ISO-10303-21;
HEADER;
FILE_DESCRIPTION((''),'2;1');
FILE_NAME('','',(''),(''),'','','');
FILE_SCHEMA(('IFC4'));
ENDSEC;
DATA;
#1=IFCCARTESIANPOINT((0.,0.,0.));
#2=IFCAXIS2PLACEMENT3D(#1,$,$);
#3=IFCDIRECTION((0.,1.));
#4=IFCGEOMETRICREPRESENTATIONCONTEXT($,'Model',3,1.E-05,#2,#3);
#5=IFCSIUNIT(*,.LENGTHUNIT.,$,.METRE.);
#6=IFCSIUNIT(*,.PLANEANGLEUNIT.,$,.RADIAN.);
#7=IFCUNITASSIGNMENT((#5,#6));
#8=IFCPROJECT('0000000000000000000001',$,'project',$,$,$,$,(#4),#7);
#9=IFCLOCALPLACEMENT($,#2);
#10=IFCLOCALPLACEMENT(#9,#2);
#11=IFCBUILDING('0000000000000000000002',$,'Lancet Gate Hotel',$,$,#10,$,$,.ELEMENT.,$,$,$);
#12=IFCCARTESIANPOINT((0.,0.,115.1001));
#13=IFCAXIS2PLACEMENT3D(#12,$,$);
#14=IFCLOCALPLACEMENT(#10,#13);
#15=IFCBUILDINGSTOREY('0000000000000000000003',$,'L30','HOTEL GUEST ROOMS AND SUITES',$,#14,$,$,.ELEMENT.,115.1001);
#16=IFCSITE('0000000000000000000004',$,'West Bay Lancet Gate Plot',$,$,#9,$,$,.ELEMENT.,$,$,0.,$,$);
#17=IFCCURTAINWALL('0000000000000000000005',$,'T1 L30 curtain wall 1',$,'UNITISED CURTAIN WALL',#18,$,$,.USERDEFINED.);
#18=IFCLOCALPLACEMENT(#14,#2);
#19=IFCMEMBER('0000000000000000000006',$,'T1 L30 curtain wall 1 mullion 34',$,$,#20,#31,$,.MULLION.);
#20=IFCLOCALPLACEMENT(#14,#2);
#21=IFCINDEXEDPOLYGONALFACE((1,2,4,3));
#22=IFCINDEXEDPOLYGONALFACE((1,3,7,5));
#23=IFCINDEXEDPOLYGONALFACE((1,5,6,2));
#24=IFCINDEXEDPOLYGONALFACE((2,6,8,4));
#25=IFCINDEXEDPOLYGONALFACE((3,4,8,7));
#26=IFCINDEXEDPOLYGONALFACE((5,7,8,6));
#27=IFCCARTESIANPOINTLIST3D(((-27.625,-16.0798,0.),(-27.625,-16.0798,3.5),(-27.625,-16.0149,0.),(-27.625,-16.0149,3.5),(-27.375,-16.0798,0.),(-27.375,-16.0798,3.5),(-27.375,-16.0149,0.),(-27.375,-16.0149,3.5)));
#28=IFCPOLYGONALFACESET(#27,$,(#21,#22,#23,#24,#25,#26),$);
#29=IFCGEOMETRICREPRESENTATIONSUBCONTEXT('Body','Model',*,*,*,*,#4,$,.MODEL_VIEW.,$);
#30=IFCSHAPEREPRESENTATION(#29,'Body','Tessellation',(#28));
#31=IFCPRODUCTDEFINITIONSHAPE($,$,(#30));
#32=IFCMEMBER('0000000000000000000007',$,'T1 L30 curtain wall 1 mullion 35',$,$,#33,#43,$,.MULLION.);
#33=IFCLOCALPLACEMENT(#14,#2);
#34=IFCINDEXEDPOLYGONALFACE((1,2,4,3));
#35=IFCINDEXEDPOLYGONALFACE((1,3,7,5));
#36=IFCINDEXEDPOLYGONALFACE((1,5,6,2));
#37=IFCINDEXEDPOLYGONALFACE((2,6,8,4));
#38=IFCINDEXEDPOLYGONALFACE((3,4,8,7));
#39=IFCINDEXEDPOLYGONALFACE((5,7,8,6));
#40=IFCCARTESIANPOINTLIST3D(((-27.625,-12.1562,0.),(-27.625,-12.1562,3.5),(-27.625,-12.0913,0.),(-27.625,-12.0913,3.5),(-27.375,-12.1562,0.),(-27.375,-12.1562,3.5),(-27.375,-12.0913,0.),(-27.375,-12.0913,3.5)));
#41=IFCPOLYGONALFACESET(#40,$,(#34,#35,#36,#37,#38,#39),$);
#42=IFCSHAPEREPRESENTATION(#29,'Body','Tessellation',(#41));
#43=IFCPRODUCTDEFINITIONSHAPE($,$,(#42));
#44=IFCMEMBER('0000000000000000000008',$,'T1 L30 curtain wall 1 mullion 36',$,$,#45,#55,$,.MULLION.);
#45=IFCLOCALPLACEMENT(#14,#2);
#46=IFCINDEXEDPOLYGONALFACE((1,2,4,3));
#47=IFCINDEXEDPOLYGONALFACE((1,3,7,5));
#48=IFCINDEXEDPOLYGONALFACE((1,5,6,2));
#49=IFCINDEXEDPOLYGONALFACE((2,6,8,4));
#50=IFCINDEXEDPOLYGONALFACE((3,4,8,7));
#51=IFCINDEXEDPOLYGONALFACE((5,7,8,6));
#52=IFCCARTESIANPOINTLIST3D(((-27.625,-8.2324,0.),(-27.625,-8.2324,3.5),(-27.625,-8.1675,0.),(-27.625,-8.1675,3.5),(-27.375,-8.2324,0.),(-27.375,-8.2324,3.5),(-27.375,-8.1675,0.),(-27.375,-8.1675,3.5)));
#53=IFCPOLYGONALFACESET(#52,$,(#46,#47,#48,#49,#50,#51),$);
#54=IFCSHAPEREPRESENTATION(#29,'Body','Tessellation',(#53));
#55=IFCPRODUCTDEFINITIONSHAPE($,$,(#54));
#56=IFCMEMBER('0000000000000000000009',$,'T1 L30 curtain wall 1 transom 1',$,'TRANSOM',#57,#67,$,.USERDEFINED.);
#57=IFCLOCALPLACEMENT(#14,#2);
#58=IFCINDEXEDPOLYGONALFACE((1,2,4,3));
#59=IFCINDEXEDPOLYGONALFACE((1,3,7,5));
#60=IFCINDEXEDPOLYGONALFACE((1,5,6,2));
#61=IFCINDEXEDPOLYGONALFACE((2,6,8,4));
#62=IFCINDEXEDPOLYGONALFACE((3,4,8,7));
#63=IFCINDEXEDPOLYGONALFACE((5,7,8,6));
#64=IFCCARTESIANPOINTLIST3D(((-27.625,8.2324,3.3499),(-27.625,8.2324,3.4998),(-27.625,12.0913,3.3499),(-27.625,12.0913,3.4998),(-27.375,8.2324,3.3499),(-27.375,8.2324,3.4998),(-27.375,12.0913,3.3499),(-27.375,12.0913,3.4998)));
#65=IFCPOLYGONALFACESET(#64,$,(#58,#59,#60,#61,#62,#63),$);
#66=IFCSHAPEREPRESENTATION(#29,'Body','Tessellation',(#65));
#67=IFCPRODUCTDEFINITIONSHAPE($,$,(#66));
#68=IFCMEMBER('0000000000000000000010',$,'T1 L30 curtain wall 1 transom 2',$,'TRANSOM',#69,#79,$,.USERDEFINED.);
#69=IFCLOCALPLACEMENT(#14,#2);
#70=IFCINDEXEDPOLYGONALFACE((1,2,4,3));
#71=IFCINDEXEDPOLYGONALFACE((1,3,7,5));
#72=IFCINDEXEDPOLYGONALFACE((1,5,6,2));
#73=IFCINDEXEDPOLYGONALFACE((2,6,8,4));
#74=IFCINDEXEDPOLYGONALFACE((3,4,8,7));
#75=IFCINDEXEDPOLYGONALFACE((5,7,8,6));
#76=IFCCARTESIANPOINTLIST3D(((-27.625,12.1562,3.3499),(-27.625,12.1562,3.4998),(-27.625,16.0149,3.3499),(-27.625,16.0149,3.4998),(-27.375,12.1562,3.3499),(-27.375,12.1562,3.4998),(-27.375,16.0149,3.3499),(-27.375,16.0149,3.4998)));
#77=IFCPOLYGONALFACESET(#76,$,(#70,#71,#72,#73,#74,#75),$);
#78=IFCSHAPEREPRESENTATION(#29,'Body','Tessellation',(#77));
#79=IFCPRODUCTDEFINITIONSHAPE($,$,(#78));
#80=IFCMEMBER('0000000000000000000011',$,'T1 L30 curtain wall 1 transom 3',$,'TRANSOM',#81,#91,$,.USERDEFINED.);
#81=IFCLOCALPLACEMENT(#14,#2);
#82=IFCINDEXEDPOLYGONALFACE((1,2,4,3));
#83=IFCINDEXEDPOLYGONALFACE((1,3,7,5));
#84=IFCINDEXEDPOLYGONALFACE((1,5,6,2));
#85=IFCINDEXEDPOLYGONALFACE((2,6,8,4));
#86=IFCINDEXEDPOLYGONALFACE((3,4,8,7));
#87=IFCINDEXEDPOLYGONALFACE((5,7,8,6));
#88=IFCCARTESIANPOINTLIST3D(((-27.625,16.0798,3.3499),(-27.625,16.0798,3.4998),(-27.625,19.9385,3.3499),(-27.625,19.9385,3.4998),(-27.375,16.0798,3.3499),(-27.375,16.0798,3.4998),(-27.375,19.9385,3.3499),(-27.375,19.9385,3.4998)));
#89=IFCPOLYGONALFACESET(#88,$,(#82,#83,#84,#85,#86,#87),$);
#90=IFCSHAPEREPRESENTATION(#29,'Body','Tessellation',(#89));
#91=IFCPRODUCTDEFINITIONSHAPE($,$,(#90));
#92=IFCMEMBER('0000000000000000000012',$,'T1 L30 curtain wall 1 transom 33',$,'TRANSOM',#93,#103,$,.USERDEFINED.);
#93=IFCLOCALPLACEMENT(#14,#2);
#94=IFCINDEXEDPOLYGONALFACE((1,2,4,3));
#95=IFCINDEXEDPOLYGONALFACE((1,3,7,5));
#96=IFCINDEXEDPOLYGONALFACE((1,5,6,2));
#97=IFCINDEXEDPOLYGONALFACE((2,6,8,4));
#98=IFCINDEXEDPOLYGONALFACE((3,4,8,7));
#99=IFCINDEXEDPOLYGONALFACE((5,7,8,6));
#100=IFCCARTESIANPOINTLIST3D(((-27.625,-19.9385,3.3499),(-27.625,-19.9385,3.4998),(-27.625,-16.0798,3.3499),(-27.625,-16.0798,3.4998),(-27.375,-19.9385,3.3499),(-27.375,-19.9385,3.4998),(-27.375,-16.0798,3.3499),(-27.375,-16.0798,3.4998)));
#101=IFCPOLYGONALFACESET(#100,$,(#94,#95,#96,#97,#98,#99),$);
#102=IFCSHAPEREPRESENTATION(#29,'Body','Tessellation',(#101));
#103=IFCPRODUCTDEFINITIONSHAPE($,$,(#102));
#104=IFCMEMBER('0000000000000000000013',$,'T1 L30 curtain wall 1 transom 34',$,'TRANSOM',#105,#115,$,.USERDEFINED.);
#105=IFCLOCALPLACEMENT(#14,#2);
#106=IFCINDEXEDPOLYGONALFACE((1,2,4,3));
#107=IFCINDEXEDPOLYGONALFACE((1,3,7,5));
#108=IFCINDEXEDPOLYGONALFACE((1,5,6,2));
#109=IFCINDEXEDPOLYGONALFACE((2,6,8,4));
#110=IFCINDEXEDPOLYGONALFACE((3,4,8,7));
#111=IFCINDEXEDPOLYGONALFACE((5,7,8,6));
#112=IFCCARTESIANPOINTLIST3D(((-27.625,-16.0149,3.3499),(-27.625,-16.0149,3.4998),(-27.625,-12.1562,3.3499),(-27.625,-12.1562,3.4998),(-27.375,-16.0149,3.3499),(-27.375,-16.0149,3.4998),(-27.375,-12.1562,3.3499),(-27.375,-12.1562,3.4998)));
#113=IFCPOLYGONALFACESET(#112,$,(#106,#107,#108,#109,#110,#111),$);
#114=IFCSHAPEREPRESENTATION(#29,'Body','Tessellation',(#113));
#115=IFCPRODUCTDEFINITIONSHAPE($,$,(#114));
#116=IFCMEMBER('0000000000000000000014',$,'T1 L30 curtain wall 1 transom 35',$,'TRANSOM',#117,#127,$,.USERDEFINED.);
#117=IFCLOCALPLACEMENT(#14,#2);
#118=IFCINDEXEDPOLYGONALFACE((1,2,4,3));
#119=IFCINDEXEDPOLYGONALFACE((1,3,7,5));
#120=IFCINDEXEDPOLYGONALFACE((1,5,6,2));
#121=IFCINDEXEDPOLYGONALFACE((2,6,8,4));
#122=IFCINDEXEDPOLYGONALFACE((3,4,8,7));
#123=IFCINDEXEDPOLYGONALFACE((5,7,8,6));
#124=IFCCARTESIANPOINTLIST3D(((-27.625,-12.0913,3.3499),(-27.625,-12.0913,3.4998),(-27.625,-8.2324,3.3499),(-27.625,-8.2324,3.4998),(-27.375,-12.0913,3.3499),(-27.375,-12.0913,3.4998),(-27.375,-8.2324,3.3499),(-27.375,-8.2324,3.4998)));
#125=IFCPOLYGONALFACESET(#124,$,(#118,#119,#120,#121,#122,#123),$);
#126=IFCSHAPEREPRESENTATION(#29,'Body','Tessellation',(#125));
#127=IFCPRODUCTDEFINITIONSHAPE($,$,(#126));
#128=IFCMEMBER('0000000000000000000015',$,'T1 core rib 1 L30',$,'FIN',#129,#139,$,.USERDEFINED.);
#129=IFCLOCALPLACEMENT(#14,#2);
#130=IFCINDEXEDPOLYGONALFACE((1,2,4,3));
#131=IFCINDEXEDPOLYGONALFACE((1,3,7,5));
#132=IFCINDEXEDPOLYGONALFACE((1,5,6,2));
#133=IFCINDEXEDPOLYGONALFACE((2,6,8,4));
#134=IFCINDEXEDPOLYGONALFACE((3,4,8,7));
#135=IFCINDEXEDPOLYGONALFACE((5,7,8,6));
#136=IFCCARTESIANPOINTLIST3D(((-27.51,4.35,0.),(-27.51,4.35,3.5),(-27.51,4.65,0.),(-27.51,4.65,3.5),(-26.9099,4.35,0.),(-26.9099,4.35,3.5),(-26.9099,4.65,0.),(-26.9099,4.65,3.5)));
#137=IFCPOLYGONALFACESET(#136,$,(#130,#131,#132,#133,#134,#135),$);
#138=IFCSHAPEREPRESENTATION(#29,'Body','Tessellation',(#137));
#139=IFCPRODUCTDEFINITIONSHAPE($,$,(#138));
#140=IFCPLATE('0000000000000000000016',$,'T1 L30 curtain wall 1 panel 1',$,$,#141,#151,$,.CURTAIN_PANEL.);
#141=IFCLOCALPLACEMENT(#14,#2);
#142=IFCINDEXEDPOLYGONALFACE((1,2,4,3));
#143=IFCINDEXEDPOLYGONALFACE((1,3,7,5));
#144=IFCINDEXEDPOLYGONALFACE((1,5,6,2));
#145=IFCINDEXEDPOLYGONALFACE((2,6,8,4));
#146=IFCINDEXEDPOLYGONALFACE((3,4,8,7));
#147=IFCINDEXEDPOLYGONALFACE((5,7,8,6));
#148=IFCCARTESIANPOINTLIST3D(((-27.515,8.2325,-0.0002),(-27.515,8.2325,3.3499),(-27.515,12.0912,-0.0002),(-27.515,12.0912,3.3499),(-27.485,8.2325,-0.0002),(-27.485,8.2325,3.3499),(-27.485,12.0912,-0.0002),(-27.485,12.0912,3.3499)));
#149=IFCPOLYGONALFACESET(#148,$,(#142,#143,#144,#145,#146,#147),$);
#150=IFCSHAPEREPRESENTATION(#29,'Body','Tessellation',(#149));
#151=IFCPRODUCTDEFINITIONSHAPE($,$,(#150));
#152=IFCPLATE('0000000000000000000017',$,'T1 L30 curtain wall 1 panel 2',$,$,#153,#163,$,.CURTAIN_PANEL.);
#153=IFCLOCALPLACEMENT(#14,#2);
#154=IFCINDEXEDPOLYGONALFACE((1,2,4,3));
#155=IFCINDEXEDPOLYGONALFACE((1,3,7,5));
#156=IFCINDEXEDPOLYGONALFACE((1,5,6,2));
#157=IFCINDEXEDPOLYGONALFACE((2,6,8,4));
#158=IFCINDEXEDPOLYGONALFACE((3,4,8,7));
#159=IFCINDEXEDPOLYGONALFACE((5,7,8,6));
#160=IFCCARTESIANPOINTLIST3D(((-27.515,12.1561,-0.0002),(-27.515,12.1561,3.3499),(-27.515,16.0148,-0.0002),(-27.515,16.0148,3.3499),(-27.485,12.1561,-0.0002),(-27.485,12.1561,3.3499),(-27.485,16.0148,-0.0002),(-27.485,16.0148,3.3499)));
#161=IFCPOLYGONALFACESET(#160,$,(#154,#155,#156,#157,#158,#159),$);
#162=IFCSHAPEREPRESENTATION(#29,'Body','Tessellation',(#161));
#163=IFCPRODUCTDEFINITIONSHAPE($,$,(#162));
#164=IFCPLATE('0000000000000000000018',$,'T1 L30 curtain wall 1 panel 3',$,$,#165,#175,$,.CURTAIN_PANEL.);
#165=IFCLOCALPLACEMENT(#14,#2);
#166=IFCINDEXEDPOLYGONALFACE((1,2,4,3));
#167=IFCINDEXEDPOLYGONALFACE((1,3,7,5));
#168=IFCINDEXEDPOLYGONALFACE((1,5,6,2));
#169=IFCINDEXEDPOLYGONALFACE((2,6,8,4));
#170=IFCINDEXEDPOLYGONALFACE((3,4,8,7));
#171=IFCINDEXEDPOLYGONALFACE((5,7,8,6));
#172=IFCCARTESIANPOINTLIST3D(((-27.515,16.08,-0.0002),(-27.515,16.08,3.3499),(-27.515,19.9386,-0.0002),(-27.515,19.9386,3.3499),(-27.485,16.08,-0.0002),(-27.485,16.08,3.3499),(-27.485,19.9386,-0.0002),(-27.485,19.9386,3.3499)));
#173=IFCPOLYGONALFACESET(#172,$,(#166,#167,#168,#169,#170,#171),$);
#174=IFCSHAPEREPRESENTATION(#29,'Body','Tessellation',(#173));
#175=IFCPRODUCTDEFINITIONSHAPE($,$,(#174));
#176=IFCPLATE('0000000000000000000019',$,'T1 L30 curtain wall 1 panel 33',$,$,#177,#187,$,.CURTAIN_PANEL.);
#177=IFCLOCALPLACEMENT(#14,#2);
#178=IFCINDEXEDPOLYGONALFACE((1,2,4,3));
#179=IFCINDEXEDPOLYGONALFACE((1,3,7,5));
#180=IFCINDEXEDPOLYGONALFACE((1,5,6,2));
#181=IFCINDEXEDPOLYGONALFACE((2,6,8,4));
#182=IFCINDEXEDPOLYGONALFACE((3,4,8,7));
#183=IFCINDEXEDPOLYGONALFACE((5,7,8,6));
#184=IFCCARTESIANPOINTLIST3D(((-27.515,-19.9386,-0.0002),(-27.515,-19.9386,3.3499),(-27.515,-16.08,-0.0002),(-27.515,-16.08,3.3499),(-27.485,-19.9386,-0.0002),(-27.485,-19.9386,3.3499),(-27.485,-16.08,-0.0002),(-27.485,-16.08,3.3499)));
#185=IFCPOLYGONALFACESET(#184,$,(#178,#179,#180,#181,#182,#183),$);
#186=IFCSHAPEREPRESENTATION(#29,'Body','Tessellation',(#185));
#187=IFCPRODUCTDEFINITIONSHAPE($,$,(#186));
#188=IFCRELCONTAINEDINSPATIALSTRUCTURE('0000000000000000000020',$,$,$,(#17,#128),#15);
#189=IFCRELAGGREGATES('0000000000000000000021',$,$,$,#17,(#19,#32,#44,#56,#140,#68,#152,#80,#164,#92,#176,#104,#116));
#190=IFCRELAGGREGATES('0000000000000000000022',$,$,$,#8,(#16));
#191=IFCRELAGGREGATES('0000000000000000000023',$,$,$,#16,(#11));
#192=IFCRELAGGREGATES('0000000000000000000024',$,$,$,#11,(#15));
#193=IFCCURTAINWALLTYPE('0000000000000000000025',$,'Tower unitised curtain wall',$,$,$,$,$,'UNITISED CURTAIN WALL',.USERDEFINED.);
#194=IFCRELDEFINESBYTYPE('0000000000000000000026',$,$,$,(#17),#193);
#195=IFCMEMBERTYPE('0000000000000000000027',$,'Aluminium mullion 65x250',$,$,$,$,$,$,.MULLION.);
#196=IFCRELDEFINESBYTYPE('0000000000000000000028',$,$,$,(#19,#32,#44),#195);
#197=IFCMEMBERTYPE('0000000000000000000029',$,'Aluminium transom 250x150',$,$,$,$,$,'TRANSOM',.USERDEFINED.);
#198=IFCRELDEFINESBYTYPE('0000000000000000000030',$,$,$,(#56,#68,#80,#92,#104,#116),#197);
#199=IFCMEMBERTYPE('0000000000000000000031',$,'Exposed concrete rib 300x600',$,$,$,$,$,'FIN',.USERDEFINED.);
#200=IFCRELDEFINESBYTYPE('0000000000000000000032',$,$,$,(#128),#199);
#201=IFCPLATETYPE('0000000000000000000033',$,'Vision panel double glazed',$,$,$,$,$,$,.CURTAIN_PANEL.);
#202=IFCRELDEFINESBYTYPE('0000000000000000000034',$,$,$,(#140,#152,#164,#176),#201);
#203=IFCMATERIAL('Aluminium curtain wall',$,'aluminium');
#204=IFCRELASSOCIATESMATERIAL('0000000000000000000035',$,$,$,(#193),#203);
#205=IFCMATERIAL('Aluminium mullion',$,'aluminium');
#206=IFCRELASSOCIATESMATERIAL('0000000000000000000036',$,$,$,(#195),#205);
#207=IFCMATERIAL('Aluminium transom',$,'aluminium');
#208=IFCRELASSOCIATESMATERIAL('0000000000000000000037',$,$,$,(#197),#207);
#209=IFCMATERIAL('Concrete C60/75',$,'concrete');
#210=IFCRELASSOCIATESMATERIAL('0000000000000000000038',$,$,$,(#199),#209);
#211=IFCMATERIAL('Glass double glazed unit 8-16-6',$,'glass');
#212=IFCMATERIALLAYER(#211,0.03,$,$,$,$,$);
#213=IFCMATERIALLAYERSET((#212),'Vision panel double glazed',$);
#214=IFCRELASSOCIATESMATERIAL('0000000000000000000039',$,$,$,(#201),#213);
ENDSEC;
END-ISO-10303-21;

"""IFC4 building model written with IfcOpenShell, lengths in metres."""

from ifc_helpers import new_model, si_unit, direction, frame, origin, origin_2d, place, context, subcontext, project, spatial, rectangle, extrude, material, layer, layer_set, material_profile, profile_set, type_object, element, aggregate, save


model = new_model("IFC4")

# Units and contexts
model_context = context("Model", 3, precision=1e-05, world=origin(), true_north=direction((0.0, 1.0)))
body_context = subcontext(model_context, "Body", "Model", "MODEL_VIEW")
ifc_project = project(units=[si_unit("LENGTHUNIT", "METRE"), si_unit("PLANEANGLEUNIT", "RADIAN")], contexts=[model_context])

# Site, building, storey
site_placement = place(None, origin())
site = spatial("IfcSite", under=ifc_project, at=site_placement, Name="West Bay Lancet Gate Plot", CompositionType="ELEMENT", RefElevation=0.0)
building_placement = place(site_placement, origin())
building = spatial("IfcBuilding", under=site, at=building_placement, Name="Lancet Gate Hotel", CompositionType="ELEMENT")
storey_placement = place(building_placement, frame((0.0, 0.0, 115.1001)))
storey = spatial("IfcBuildingStorey", under=building, at=storey_placement, Name="L30", Description="HOTEL GUEST ROOMS AND SUITES", CompositionType="ELEMENT", Elevation=115.1001)

# Curtain wall, members
ifc_material_1 = material(Name="Aluminium curtain wall", Category="aluminium")
curtain_wall_type = type_object("IfcCurtainWallType", Name="Tower unitised curtain wall", ElementType="UNITISED CURTAIN WALL", PredefinedType="USERDEFINED", material=ifc_material_1)
curtain_wall_placement = place(storey_placement, origin())
curtain_wall = element("IfcCurtainWall", 1, at=curtain_wall_placement, inside=storey, type_object=curtain_wall_type, Name="T1 L30 curtain wall 1", ObjectType="UNITISED CURTAIN WALL", PredefinedType="USERDEFINED")
ifc_material_2 = material(Name="Aluminium mullion", Category="aluminium")
ifc_material_profile_1 = material_profile(ifc_material_2, rectangle(XDim=0.0649, YDim=0.25, at=origin_2d()), Name="MULLION 65x250")
ifc_profile_set_1 = profile_set([ifc_material_profile_1], Name="Aluminium mullion")
member_type_1 = type_object("IfcMemberType", Name="Aluminium mullion 65x250", PredefinedType="MULLION", material=ifc_profile_set_1)
member_1_placement = place(storey_placement, frame((-27.5, -16.0474, 0.0), z_axis=(0.0, 0.0, 1.0), x_axis=(0.0, 1.0, 0.0)))
member_1 = element("IfcMember", 2, at=member_1_placement, type_object=member_type_1, Name="T1 L30 curtain wall 1 mullion 34", PredefinedType="MULLION", context=body_context, shape_type="SweptSolid", body=[
    extrude(rectangle(XDim=0.0649, YDim=0.25, at=origin_2d()), origin(), (0.0, 0.0, 1.0), 3.5),
])
member_2_placement = place(storey_placement, frame((-27.5, -12.1238, 0.0), z_axis=(0.0, 0.0, 1.0), x_axis=(0.0, 1.0, 0.0)))
member_2 = element("IfcMember", 3, at=member_2_placement, type_object=member_type_1, Name="T1 L30 curtain wall 1 mullion 35", PredefinedType="MULLION", context=body_context, shape_type="SweptSolid", body=[
    extrude(rectangle(XDim=0.0649, YDim=0.25, at=origin_2d()), origin(), (0.0, 0.0, 1.0), 3.5),
])
member_3_placement = place(storey_placement, frame((-27.5, -8.2, 0.0), z_axis=(0.0, 0.0, 1.0), x_axis=(0.0, 1.0, 0.0)))
member_3 = element("IfcMember", 4, at=member_3_placement, type_object=member_type_1, Name="T1 L30 curtain wall 1 mullion 36", PredefinedType="MULLION", context=body_context, shape_type="SweptSolid", body=[
    extrude(rectangle(XDim=0.0649, YDim=0.25, at=origin_2d()), origin(), (0.0, 0.0, 1.0), 3.5),
])
ifc_material_3 = material(Name="Aluminium transom", Category="aluminium")
ifc_material_profile_2 = material_profile(ifc_material_3, rectangle(XDim=0.25, YDim=0.1499, at=origin_2d()), Name="TRANSOM 250x150")
ifc_profile_set_2 = profile_set([ifc_material_profile_2], Name="Aluminium transom")
member_type_2 = type_object("IfcMemberType", Name="Aluminium transom 250x150", ElementType="TRANSOM", PredefinedType="USERDEFINED", material=ifc_profile_set_2)
member_4_placement = place(storey_placement, frame((-27.5, 8.2324, 3.4248), z_axis=(0.0, 1.0, 0.0), x_axis=(-1.0, 0.0, 0.0)))
member_4 = element("IfcMember", 5, at=member_4_placement, type_object=member_type_2, Name="T1 L30 curtain wall 1 transom 1", ObjectType="TRANSOM", PredefinedType="USERDEFINED", context=body_context, shape_type="SweptSolid", body=[
    extrude(rectangle(XDim=0.25, YDim=0.1499, at=origin_2d()), origin(), (0.0, 0.0, 1.0), 3.8589),
])
member_5_placement = place(storey_placement, frame((-27.5, 12.1562, 3.4248), z_axis=(0.0, 1.0, 0.0), x_axis=(-1.0, 0.0, 0.0)))
member_5 = element("IfcMember", 6, at=member_5_placement, type_object=member_type_2, Name="T1 L30 curtain wall 1 transom 2", ObjectType="TRANSOM", PredefinedType="USERDEFINED", context=body_context, shape_type="SweptSolid", body=[
    extrude(rectangle(XDim=0.25, YDim=0.1499, at=origin_2d()), origin(), (0.0, 0.0, 1.0), 3.8586),
])
member_6_placement = place(storey_placement, frame((-27.5, 16.0798, 3.4248), z_axis=(0.0, 1.0, 0.0), x_axis=(-1.0, 0.0, 0.0)))
member_6 = element("IfcMember", 7, at=member_6_placement, type_object=member_type_2, Name="T1 L30 curtain wall 1 transom 3", ObjectType="TRANSOM", PredefinedType="USERDEFINED", context=body_context, shape_type="SweptSolid", body=[
    extrude(rectangle(XDim=0.25, YDim=0.1499, at=origin_2d()), origin(), (0.0, 0.0, 1.0), 3.8586),
])
member_7_placement = place(storey_placement, frame((-27.5, -19.9385, 3.4248), z_axis=(0.0, 1.0, 0.0), x_axis=(-1.0, 0.0, 0.0)))
member_7 = element("IfcMember", 8, at=member_7_placement, type_object=member_type_2, Name="T1 L30 curtain wall 1 transom 33", ObjectType="TRANSOM", PredefinedType="USERDEFINED", context=body_context, shape_type="SweptSolid", body=[
    extrude(rectangle(XDim=0.25, YDim=0.1499, at=origin_2d()), origin(), (0.0, 0.0, 1.0), 3.8586),
])
member_8_placement = place(storey_placement, frame((-27.5, -16.0149, 3.4248), z_axis=(0.0, 1.0, 0.0), x_axis=(-1.0, 0.0, 0.0)))
member_8 = element("IfcMember", 9, at=member_8_placement, type_object=member_type_2, Name="T1 L30 curtain wall 1 transom 34", ObjectType="TRANSOM", PredefinedType="USERDEFINED", context=body_context, shape_type="SweptSolid", body=[
    extrude(rectangle(XDim=0.25, YDim=0.1499, at=origin_2d()), origin(), (0.0, 0.0, 1.0), 3.8586),
])
member_9_placement = place(storey_placement, frame((-27.5, -12.0913, 3.4248), z_axis=(0.0, 1.0, 0.0), x_axis=(-1.0, 0.0, 0.0)))
member_9 = element("IfcMember", 10, at=member_9_placement, type_object=member_type_2, Name="T1 L30 curtain wall 1 transom 35", ObjectType="TRANSOM", PredefinedType="USERDEFINED", context=body_context, shape_type="SweptSolid", body=[
    extrude(rectangle(XDim=0.25, YDim=0.1499, at=origin_2d()), origin(), (0.0, 0.0, 1.0), 3.8589),
])

# Member
ifc_material_4 = material(Name="Concrete C60/75", Category="concrete")
ifc_material_profile_3 = material_profile(ifc_material_4, rectangle(XDim=0.3, YDim=0.6001, at=origin_2d()), Name="FIN 300x600")
ifc_profile_set_3 = profile_set([ifc_material_profile_3], Name="Concrete C60/75")
member_type_3 = type_object("IfcMemberType", Name="Exposed concrete rib 300x600", ElementType="FIN", PredefinedType="USERDEFINED", material=ifc_profile_set_3)
member_10_placement = place(storey_placement, frame((-27.21, 4.5, 0.0), z_axis=(0.0, 0.0, 1.0), x_axis=(0.0, 1.0, 0.0)))
element("IfcMember", 11, at=member_10_placement, inside=storey, type_object=member_type_3, Name="T1 core rib 1 L30", ObjectType="FIN", PredefinedType="USERDEFINED", context=body_context, shape_type="SweptSolid", body=[
    extrude(rectangle(XDim=0.3, YDim=0.6001, at=origin_2d()), origin(), (0.0, 0.0, 1.0), 3.5),
])

# Plates
ifc_material_5 = material(Name="Glass double glazed unit 8-16-6", Category="glass")
ifc_layer = layer(ifc_material_5, 0.03)
ifc_layer_set = layer_set([ifc_layer], Name="Vision panel double glazed")
plate_type = type_object("IfcPlateType", Name="Vision panel double glazed", PredefinedType="CURTAIN_PANEL", material=ifc_layer_set)
plate_1_placement = place(storey_placement, frame((-27.5, 10.1619, -0.0002), z_axis=(0.0, 0.0, 1.0), x_axis=(0.0, 1.0, 0.0)))
plate_1 = element("IfcPlate", 12, at=plate_1_placement, type_object=plate_type, Name="T1 L30 curtain wall 1 panel 1", PredefinedType="CURTAIN_PANEL", context=body_context, shape_type="SweptSolid", body=[
    extrude(rectangle(XDim=3.8586, YDim=0.03, at=origin_2d()), origin(), (0.0, 0.0, 1.0), 3.3501),
])
plate_2_placement = place(storey_placement, frame((-27.5, 14.0854, -0.0002), z_axis=(0.0, 0.0, 1.0), x_axis=(0.0, 1.0, 0.0)))
plate_2 = element("IfcPlate", 13, at=plate_2_placement, type_object=plate_type, Name="T1 L30 curtain wall 1 panel 2", PredefinedType="CURTAIN_PANEL", context=body_context, shape_type="SweptSolid", body=[
    extrude(rectangle(XDim=3.8586, YDim=0.03, at=origin_2d()), origin(), (0.0, 0.0, 1.0), 3.3501),
])
plate_3_placement = place(storey_placement, frame((-27.5, 18.0093, -0.0002), z_axis=(0.0, 0.0, 1.0), x_axis=(0.0, 1.0, 0.0)))
plate_3 = element("IfcPlate", 14, at=plate_3_placement, type_object=plate_type, Name="T1 L30 curtain wall 1 panel 3", PredefinedType="CURTAIN_PANEL", context=body_context, shape_type="SweptSolid", body=[
    extrude(rectangle(XDim=3.8586, YDim=0.03, at=origin_2d()), origin(), (0.0, 0.0, 1.0), 3.3501),
])
plate_4_placement = place(storey_placement, frame((-27.5, -18.0093, -0.0002), z_axis=(0.0, 0.0, 1.0), x_axis=(0.0, 1.0, 0.0)))
plate_4 = element("IfcPlate", 15, at=plate_4_placement, type_object=plate_type, Name="T1 L30 curtain wall 1 panel 33", PredefinedType="CURTAIN_PANEL", context=body_context, shape_type="SweptSolid", body=[
    extrude(rectangle(XDim=3.8586, YDim=0.03, at=origin_2d()), origin(), (0.0, 0.0, 1.0), 3.3501),
])
aggregate(curtain_wall, [member_1, member_2, member_3, member_4, plate_1, member_5, plate_2, member_6, plate_3, member_7, plate_4, member_8, member_9])

save(model, "model.ifc")
